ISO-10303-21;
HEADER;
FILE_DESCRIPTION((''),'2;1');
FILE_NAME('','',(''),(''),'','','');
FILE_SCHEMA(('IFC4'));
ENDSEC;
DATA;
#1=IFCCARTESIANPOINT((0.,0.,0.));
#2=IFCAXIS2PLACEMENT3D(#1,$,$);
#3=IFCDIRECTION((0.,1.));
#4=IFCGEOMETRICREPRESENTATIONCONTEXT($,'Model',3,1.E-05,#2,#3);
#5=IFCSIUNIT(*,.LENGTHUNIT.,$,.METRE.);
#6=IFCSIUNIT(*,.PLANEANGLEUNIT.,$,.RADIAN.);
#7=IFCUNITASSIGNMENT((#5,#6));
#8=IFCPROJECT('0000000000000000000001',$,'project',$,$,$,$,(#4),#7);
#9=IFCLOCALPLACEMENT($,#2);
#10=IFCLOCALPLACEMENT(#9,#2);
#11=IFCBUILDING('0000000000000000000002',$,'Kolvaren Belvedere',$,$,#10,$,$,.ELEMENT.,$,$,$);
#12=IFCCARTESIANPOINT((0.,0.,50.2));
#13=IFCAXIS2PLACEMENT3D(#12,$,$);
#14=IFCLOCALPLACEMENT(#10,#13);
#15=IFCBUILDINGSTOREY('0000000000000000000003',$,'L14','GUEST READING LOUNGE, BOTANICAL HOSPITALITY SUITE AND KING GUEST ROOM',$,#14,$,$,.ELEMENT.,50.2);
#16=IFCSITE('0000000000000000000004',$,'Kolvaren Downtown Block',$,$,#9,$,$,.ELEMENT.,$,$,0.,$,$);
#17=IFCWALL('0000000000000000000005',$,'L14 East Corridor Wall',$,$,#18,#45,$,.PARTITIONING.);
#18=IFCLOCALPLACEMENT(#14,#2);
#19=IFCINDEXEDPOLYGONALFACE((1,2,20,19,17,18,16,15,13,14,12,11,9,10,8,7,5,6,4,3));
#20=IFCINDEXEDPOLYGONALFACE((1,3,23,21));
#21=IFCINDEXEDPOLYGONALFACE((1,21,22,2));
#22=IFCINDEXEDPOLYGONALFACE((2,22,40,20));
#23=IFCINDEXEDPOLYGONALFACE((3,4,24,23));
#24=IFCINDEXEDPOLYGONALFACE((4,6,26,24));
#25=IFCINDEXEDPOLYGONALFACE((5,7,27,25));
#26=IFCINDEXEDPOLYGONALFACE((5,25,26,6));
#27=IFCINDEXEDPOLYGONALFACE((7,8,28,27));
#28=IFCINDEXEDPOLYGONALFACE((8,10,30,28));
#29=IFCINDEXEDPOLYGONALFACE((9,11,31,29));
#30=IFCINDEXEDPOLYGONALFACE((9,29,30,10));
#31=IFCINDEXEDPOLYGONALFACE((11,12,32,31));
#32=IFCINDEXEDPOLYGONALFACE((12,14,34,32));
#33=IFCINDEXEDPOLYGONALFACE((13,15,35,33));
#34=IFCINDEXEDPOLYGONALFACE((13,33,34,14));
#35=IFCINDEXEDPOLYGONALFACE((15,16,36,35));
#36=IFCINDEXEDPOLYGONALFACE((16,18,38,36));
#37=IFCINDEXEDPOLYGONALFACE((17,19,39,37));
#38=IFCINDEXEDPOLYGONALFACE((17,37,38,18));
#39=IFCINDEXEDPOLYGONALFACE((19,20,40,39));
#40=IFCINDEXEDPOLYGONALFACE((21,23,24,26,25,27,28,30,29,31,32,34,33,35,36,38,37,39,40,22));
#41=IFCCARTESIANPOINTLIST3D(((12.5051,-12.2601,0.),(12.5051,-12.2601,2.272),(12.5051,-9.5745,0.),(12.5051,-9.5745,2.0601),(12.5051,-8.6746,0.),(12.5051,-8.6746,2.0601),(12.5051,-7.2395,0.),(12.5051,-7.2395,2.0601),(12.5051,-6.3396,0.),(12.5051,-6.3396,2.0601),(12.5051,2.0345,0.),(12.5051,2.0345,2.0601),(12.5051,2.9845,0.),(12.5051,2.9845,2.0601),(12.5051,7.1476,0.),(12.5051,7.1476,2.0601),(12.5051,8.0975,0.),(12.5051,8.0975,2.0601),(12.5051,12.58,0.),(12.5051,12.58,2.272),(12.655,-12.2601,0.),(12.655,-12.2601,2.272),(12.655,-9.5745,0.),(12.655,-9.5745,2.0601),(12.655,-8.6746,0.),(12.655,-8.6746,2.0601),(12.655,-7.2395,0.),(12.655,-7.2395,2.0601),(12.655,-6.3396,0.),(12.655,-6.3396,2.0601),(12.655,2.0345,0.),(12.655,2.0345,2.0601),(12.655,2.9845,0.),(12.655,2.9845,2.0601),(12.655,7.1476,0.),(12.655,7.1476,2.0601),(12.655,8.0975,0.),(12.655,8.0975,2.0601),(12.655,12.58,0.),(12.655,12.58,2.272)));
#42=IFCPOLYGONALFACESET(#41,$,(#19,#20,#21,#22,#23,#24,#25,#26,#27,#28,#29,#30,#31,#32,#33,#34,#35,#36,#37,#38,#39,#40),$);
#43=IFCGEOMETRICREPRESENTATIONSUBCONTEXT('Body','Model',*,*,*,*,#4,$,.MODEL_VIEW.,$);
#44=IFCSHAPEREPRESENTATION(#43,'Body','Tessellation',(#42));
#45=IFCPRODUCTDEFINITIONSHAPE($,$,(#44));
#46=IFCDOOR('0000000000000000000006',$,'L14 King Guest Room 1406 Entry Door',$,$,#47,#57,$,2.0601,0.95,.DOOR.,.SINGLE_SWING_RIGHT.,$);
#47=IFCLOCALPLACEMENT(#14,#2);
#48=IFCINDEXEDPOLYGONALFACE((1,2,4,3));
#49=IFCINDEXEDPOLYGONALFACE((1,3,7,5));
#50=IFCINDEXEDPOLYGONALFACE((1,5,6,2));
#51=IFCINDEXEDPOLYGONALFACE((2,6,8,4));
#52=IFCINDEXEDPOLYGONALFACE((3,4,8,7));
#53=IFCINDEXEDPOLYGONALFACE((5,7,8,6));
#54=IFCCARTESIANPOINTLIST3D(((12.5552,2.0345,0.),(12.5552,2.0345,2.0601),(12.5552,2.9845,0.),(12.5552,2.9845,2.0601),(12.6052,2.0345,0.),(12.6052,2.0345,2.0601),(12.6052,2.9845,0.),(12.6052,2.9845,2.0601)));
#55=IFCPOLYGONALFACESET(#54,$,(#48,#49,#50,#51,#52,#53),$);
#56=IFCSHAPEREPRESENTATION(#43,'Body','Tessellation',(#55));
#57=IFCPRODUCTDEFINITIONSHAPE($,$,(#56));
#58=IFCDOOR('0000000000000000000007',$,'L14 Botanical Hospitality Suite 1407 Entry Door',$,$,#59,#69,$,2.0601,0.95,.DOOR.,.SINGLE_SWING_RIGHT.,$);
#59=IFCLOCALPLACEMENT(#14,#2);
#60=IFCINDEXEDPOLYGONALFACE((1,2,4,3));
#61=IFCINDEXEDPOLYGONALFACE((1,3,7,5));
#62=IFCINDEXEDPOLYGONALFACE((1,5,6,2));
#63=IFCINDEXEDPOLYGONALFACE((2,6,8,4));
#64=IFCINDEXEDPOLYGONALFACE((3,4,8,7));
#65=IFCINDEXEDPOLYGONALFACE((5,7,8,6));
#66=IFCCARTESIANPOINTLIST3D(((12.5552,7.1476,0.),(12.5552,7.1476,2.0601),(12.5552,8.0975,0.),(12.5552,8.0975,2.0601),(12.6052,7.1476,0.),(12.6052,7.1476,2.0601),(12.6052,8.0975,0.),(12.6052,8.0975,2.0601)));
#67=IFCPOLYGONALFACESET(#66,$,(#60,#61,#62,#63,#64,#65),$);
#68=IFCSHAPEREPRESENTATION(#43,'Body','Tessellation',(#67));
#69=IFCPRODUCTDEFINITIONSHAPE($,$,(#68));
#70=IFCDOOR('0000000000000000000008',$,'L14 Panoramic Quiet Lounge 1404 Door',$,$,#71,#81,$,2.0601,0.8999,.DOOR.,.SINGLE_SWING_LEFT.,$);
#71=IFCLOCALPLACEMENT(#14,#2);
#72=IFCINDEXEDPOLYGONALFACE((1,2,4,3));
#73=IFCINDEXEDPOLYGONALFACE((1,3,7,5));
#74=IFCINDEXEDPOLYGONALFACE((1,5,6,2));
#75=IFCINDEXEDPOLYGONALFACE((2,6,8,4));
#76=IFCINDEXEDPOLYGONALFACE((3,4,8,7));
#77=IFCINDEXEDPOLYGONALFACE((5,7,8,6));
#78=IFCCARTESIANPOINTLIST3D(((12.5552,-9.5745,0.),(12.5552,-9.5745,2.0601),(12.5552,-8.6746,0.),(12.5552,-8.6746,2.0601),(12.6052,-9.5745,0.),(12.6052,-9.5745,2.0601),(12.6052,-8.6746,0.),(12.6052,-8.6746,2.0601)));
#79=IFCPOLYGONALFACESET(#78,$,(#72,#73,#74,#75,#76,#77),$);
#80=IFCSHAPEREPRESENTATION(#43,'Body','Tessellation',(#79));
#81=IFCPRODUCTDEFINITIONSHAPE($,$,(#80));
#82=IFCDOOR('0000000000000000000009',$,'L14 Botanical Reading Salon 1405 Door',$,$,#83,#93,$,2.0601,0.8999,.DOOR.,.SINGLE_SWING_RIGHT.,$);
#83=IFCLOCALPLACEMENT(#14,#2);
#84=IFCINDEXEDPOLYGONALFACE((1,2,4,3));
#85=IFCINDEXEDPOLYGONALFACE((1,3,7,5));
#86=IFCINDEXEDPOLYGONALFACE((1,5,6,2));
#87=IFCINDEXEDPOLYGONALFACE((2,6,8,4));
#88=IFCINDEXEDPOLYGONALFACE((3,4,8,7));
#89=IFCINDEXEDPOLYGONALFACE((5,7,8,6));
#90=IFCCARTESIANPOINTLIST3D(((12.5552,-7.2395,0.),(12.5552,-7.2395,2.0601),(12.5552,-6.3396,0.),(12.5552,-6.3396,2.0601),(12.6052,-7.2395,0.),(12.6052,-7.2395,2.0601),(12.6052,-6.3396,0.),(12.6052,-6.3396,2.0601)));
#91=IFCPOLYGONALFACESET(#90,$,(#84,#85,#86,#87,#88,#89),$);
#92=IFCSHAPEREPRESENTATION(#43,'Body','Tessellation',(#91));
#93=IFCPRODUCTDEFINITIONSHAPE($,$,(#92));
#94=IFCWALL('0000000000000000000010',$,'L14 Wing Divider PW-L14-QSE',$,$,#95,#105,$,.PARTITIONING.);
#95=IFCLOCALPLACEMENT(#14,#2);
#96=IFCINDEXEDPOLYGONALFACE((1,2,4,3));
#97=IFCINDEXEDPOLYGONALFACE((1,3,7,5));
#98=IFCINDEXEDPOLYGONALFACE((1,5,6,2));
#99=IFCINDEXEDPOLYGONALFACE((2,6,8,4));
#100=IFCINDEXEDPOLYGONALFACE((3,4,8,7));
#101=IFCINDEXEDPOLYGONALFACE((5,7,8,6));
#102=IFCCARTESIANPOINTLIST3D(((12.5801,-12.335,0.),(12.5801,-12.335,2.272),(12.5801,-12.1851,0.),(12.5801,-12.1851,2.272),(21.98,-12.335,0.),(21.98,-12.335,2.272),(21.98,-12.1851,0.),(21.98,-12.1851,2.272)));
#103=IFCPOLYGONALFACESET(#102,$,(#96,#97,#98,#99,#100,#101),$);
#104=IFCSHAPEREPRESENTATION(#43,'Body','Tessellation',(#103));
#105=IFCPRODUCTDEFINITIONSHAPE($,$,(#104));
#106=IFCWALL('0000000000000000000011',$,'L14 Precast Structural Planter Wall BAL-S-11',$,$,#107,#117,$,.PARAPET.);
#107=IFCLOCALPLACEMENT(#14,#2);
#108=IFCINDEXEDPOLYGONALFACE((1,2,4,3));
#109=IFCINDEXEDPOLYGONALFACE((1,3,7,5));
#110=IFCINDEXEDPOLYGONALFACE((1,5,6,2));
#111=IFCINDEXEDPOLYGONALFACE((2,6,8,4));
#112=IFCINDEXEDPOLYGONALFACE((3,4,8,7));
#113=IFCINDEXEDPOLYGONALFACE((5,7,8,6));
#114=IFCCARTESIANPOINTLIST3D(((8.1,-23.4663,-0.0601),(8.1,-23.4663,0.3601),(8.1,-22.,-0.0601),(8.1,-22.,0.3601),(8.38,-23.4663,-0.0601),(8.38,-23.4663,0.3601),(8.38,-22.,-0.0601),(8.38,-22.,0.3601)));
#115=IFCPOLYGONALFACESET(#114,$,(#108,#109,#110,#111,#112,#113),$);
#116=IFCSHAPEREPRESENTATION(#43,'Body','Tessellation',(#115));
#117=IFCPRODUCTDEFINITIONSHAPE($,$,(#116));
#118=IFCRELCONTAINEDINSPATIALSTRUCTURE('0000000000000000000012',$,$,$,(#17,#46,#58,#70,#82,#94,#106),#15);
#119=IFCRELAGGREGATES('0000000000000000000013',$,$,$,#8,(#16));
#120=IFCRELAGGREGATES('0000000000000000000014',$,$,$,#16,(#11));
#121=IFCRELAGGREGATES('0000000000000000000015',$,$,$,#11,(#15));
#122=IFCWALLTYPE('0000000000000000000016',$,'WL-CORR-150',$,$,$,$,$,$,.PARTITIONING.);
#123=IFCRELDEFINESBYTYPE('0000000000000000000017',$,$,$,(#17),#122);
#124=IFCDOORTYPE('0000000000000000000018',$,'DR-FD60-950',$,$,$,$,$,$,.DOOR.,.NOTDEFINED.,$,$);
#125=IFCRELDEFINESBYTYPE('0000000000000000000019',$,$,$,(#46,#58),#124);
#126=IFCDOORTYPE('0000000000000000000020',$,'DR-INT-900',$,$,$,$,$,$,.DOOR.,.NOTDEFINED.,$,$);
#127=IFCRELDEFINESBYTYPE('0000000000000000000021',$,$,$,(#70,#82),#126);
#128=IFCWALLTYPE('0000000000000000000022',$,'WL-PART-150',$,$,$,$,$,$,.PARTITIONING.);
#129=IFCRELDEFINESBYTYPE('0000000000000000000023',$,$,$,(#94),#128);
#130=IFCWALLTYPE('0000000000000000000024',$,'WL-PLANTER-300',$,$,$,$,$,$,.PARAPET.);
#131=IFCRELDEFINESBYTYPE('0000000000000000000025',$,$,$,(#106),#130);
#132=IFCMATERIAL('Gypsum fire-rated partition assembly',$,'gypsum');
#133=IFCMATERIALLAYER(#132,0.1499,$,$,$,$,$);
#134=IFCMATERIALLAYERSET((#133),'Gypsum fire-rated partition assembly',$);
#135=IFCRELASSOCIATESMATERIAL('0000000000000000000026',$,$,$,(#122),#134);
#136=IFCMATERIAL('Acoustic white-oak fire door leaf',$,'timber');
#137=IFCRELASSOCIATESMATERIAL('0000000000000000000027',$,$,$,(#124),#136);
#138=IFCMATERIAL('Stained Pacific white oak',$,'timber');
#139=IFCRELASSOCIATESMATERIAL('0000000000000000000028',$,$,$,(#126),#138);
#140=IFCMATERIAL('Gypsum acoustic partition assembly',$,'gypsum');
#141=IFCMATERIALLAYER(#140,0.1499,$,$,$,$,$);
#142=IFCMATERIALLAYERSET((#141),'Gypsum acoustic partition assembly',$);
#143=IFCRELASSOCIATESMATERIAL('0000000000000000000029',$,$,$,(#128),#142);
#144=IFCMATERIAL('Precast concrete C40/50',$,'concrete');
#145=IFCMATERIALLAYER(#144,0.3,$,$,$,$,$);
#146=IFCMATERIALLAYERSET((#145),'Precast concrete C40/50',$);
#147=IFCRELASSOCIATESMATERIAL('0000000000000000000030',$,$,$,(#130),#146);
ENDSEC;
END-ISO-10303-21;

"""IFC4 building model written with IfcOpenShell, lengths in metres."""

from ifc_helpers import new_model, si_unit, direction, frame, frame_2d, origin, place, context, subcontext, project, spatial, rectangle, extrude, material, layer, layer_set, type_object, element, fill, save


model = new_model("IFC4")

# Units and contexts
model_context = context("Model", 3, precision=1e-05, world=origin(), true_north=direction((0.0, 1.0)))
body_context = subcontext(model_context, "Body", "Model", "MODEL_VIEW")
ifc_project = project(units=[si_unit("LENGTHUNIT", "METRE"), si_unit("PLANEANGLEUNIT", "RADIAN")], contexts=[model_context])

# Site, building, storey
site_placement = place(None, origin())
site = spatial("IfcSite", under=ifc_project, at=site_placement, Name="Kolvaren Downtown Block", CompositionType="ELEMENT", RefElevation=0.0)
building_placement = place(site_placement, origin())
building = spatial("IfcBuilding", under=site, at=building_placement, Name="Kolvaren Belvedere", CompositionType="ELEMENT")
storey_placement = place(building_placement, frame((0.0, 0.0, 50.2)))
storey = spatial("IfcBuildingStorey", under=building, at=storey_placement, Name="L14", Description="GUEST READING LOUNGE, BOTANICAL HOSPITALITY SUITE AND KING GUEST ROOM", CompositionType="ELEMENT", Elevation=50.2)

# Wall, openings, doors
ifc_material_1 = material(Name="Gypsum fire-rated partition assembly", Category="gypsum")
ifc_layer_1 = layer(ifc_material_1, 0.1499)
ifc_layer_set_1 = layer_set([ifc_layer_1], Name="Gypsum fire-rated partition assembly")
wall_type_1 = type_object("IfcWallType", Name="WL-CORR-150", PredefinedType="PARTITIONING", material=ifc_layer_set_1)
wall_1_placement = place(storey_placement, frame((12.5801, -12.26, 0.0), z_axis=(0.0, 0.0, 1.0), x_axis=(0.0, 1.0, 0.0)))
wall_1 = element("IfcWall", 1, at=wall_1_placement, inside=storey, type_object=wall_type_1, Name="L14 East Corridor Wall", PredefinedType="PARTITIONING", context=body_context, shape_type="SweptSolid", body=[
    extrude(rectangle(XDim=24.8401, YDim=0.1499, at=frame_2d((12.4199, 0.0))), origin(), (0.0, 0.0, 1.0), 2.272),
])
opening_1_placement = place(wall_1_placement, frame((2.6855, 0.0, 0.0)))
opening_1 = element("IfcOpeningElement", 2, at=opening_1_placement, cuts=wall_1, PredefinedType="OPENING", context=body_context, shape_type="SweptSolid", body=[
    extrude(rectangle(XDim=0.8999, YDim=2.0601, at=frame_2d((0.45, 1.03))), frame((0.0, 0.085, 0.0), z_axis=(0.0, -1.0, 0.0), x_axis=(1.0, 0.0, 0.0)), (0.0, 0.0, 1.0), 0.1699),
])
opening_2_placement = place(wall_1_placement, frame((5.0205, 0.0, 0.0)))
opening_2 = element("IfcOpeningElement", 3, at=opening_2_placement, cuts=wall_1, PredefinedType="OPENING", context=body_context, shape_type="SweptSolid", body=[
    extrude(rectangle(XDim=0.8999, YDim=2.0601, at=frame_2d((0.45, 1.03))), frame((0.0, 0.085, 0.0), z_axis=(0.0, -1.0, 0.0), x_axis=(1.0, 0.0, 0.0)), (0.0, 0.0, 1.0), 0.1699),
])
opening_3_placement = place(wall_1_placement, frame((14.2944, 0.0, 0.0)))
opening_3 = element("IfcOpeningElement", 4, at=opening_3_placement, cuts=wall_1, PredefinedType="OPENING", context=body_context, shape_type="SweptSolid", body=[
    extrude(rectangle(XDim=0.95, YDim=2.0601, at=frame_2d((0.4751, 1.03))), frame((0.0, 0.085, 0.0), z_axis=(0.0, -1.0, 0.0), x_axis=(1.0, 0.0, 0.0)), (0.0, 0.0, 1.0), 0.1699),
])
opening_4_placement = place(wall_1_placement, frame((19.4075, 0.0, 0.0)))
opening_4 = element("IfcOpeningElement", 5, at=opening_4_placement, cuts=wall_1, PredefinedType="OPENING", context=body_context, shape_type="SweptSolid", body=[
    extrude(rectangle(XDim=0.95, YDim=2.0601, at=frame_2d((0.4751, 1.03))), frame((0.0, 0.085, 0.0), z_axis=(0.0, -1.0, 0.0), x_axis=(1.0, 0.0, 0.0)), (0.0, 0.0, 1.0), 0.1699),
])
ifc_material_2 = material(Name="Acoustic white-oak fire door leaf", Category="timber")
door_type_1 = type_object("IfcDoorType", Name="DR-FD60-950", OperationType="NOTDEFINED", PredefinedType="DOOR", material=ifc_material_2)
door_1_placement = place(opening_3_placement, origin())
door_1 = element("IfcDoor", 6, at=door_1_placement, inside=storey, type_object=door_type_1, Name="L14 King Guest Room 1406 Entry Door", OperationType="SINGLE_SWING_RIGHT", OverallHeight=2.0601, OverallWidth=0.95, PredefinedType="DOOR", context=body_context, shape_type="SweptSolid", body=[
    extrude(rectangle(XDim=0.95, YDim=2.0601, at=frame_2d((0.4751, 1.03))), frame((0.0, 0.0249, 0.0), z_axis=(0.0, -1.0, 0.0), x_axis=(1.0, 0.0, 0.0)), (0.0, 0.0, 1.0), 0.05),
])
fill(opening_3, door_1)
door_2_placement = place(opening_4_placement, origin())
door_2 = element("IfcDoor", 7, at=door_2_placement, inside=storey, type_object=door_type_1, Name="L14 Botanical Hospitality Suite 1407 Entry Door", OperationType="SINGLE_SWING_RIGHT", OverallHeight=2.0601, OverallWidth=0.95, PredefinedType="DOOR", context=body_context, shape_type="SweptSolid", body=[
    extrude(rectangle(XDim=0.95, YDim=2.0601, at=frame_2d((0.4751, 1.03))), frame((0.0, 0.0249, 0.0), z_axis=(0.0, -1.0, 0.0), x_axis=(1.0, 0.0, 0.0)), (0.0, 0.0, 1.0), 0.05),
])
fill(opening_4, door_2)
ifc_material_3 = material(Name="Stained Pacific white oak", Category="timber")
door_type_2 = type_object("IfcDoorType", Name="DR-INT-900", OperationType="NOTDEFINED", PredefinedType="DOOR", material=ifc_material_3)
door_3_placement = place(opening_1_placement, origin())
door_3 = element("IfcDoor", 8, at=door_3_placement, inside=storey, type_object=door_type_2, Name="L14 Panoramic Quiet Lounge 1404 Door", OperationType="SINGLE_SWING_LEFT", OverallHeight=2.0601, OverallWidth=0.8999, PredefinedType="DOOR", context=body_context, shape_type="SweptSolid", body=[
    extrude(rectangle(XDim=0.8999, YDim=2.0601, at=frame_2d((0.45, 1.03))), frame((0.0, 0.0249, 0.0), z_axis=(0.0, -1.0, 0.0), x_axis=(1.0, 0.0, 0.0)), (0.0, 0.0, 1.0), 0.05),
])
fill(opening_1, door_3)
door_4_placement = place(opening_2_placement, origin())
door_4 = element("IfcDoor", 9, at=door_4_placement, inside=storey, type_object=door_type_2, Name="L14 Botanical Reading Salon 1405 Door", OperationType="SINGLE_SWING_RIGHT", OverallHeight=2.0601, OverallWidth=0.8999, PredefinedType="DOOR", context=body_context, shape_type="SweptSolid", body=[
    extrude(rectangle(XDim=0.8999, YDim=2.0601, at=frame_2d((0.45, 1.03))), frame((0.0, 0.0249, 0.0), z_axis=(0.0, -1.0, 0.0), x_axis=(1.0, 0.0, 0.0)), (0.0, 0.0, 1.0), 0.05),
])
fill(opening_2, door_4)

# Walls
ifc_material_4 = material(Name="Gypsum acoustic partition assembly", Category="gypsum")
ifc_layer_2 = layer(ifc_material_4, 0.1499)
ifc_layer_set_2 = layer_set([ifc_layer_2], Name="Gypsum acoustic partition assembly")
wall_type_2 = type_object("IfcWallType", Name="WL-PART-150", PredefinedType="PARTITIONING", material=ifc_layer_set_2)
wall_2_placement = place(storey_placement, frame((12.5801, -12.26, 0.0), z_axis=(0.0, 0.0, 1.0), x_axis=(1.0, 0.0, 0.0)))
element("IfcWall", 10, at=wall_2_placement, inside=storey, type_object=wall_type_2, Name="L14 Wing Divider PW-L14-QSE", PredefinedType="PARTITIONING", context=body_context, shape_type="SweptSolid", body=[
    extrude(rectangle(XDim=9.3999, YDim=0.1499, at=frame_2d((4.7, 0.0))), origin(), (0.0, 0.0, 1.0), 2.272),
])
ifc_material_5 = material(Name="Precast concrete C40/50", Category="concrete")
ifc_layer_3 = layer(ifc_material_5, 0.3)
ifc_layer_set_3 = layer_set([ifc_layer_3], Name="Precast concrete C40/50")
wall_type_3 = type_object("IfcWallType", Name="WL-PLANTER-300", PredefinedType="PARAPET", material=ifc_layer_set_3)
wall_3_placement = place(storey_placement, frame((8.24, -23.4663, -0.0601), z_axis=(0.0, 0.0, 1.0), x_axis=(0.0, 1.0, 0.0)))
element("IfcWall", 11, at=wall_3_placement, inside=storey, type_object=wall_type_3, Name="L14 Precast Structural Planter Wall BAL-S-11", PredefinedType="PARAPET", context=body_context, shape_type="SweptSolid", body=[
    extrude(rectangle(XDim=1.4663, YDim=0.28, at=frame_2d((0.7332, 0.0))), origin(), (0.0, 0.0, 1.0), 0.4202),
])

save(model, "model.ifc")
